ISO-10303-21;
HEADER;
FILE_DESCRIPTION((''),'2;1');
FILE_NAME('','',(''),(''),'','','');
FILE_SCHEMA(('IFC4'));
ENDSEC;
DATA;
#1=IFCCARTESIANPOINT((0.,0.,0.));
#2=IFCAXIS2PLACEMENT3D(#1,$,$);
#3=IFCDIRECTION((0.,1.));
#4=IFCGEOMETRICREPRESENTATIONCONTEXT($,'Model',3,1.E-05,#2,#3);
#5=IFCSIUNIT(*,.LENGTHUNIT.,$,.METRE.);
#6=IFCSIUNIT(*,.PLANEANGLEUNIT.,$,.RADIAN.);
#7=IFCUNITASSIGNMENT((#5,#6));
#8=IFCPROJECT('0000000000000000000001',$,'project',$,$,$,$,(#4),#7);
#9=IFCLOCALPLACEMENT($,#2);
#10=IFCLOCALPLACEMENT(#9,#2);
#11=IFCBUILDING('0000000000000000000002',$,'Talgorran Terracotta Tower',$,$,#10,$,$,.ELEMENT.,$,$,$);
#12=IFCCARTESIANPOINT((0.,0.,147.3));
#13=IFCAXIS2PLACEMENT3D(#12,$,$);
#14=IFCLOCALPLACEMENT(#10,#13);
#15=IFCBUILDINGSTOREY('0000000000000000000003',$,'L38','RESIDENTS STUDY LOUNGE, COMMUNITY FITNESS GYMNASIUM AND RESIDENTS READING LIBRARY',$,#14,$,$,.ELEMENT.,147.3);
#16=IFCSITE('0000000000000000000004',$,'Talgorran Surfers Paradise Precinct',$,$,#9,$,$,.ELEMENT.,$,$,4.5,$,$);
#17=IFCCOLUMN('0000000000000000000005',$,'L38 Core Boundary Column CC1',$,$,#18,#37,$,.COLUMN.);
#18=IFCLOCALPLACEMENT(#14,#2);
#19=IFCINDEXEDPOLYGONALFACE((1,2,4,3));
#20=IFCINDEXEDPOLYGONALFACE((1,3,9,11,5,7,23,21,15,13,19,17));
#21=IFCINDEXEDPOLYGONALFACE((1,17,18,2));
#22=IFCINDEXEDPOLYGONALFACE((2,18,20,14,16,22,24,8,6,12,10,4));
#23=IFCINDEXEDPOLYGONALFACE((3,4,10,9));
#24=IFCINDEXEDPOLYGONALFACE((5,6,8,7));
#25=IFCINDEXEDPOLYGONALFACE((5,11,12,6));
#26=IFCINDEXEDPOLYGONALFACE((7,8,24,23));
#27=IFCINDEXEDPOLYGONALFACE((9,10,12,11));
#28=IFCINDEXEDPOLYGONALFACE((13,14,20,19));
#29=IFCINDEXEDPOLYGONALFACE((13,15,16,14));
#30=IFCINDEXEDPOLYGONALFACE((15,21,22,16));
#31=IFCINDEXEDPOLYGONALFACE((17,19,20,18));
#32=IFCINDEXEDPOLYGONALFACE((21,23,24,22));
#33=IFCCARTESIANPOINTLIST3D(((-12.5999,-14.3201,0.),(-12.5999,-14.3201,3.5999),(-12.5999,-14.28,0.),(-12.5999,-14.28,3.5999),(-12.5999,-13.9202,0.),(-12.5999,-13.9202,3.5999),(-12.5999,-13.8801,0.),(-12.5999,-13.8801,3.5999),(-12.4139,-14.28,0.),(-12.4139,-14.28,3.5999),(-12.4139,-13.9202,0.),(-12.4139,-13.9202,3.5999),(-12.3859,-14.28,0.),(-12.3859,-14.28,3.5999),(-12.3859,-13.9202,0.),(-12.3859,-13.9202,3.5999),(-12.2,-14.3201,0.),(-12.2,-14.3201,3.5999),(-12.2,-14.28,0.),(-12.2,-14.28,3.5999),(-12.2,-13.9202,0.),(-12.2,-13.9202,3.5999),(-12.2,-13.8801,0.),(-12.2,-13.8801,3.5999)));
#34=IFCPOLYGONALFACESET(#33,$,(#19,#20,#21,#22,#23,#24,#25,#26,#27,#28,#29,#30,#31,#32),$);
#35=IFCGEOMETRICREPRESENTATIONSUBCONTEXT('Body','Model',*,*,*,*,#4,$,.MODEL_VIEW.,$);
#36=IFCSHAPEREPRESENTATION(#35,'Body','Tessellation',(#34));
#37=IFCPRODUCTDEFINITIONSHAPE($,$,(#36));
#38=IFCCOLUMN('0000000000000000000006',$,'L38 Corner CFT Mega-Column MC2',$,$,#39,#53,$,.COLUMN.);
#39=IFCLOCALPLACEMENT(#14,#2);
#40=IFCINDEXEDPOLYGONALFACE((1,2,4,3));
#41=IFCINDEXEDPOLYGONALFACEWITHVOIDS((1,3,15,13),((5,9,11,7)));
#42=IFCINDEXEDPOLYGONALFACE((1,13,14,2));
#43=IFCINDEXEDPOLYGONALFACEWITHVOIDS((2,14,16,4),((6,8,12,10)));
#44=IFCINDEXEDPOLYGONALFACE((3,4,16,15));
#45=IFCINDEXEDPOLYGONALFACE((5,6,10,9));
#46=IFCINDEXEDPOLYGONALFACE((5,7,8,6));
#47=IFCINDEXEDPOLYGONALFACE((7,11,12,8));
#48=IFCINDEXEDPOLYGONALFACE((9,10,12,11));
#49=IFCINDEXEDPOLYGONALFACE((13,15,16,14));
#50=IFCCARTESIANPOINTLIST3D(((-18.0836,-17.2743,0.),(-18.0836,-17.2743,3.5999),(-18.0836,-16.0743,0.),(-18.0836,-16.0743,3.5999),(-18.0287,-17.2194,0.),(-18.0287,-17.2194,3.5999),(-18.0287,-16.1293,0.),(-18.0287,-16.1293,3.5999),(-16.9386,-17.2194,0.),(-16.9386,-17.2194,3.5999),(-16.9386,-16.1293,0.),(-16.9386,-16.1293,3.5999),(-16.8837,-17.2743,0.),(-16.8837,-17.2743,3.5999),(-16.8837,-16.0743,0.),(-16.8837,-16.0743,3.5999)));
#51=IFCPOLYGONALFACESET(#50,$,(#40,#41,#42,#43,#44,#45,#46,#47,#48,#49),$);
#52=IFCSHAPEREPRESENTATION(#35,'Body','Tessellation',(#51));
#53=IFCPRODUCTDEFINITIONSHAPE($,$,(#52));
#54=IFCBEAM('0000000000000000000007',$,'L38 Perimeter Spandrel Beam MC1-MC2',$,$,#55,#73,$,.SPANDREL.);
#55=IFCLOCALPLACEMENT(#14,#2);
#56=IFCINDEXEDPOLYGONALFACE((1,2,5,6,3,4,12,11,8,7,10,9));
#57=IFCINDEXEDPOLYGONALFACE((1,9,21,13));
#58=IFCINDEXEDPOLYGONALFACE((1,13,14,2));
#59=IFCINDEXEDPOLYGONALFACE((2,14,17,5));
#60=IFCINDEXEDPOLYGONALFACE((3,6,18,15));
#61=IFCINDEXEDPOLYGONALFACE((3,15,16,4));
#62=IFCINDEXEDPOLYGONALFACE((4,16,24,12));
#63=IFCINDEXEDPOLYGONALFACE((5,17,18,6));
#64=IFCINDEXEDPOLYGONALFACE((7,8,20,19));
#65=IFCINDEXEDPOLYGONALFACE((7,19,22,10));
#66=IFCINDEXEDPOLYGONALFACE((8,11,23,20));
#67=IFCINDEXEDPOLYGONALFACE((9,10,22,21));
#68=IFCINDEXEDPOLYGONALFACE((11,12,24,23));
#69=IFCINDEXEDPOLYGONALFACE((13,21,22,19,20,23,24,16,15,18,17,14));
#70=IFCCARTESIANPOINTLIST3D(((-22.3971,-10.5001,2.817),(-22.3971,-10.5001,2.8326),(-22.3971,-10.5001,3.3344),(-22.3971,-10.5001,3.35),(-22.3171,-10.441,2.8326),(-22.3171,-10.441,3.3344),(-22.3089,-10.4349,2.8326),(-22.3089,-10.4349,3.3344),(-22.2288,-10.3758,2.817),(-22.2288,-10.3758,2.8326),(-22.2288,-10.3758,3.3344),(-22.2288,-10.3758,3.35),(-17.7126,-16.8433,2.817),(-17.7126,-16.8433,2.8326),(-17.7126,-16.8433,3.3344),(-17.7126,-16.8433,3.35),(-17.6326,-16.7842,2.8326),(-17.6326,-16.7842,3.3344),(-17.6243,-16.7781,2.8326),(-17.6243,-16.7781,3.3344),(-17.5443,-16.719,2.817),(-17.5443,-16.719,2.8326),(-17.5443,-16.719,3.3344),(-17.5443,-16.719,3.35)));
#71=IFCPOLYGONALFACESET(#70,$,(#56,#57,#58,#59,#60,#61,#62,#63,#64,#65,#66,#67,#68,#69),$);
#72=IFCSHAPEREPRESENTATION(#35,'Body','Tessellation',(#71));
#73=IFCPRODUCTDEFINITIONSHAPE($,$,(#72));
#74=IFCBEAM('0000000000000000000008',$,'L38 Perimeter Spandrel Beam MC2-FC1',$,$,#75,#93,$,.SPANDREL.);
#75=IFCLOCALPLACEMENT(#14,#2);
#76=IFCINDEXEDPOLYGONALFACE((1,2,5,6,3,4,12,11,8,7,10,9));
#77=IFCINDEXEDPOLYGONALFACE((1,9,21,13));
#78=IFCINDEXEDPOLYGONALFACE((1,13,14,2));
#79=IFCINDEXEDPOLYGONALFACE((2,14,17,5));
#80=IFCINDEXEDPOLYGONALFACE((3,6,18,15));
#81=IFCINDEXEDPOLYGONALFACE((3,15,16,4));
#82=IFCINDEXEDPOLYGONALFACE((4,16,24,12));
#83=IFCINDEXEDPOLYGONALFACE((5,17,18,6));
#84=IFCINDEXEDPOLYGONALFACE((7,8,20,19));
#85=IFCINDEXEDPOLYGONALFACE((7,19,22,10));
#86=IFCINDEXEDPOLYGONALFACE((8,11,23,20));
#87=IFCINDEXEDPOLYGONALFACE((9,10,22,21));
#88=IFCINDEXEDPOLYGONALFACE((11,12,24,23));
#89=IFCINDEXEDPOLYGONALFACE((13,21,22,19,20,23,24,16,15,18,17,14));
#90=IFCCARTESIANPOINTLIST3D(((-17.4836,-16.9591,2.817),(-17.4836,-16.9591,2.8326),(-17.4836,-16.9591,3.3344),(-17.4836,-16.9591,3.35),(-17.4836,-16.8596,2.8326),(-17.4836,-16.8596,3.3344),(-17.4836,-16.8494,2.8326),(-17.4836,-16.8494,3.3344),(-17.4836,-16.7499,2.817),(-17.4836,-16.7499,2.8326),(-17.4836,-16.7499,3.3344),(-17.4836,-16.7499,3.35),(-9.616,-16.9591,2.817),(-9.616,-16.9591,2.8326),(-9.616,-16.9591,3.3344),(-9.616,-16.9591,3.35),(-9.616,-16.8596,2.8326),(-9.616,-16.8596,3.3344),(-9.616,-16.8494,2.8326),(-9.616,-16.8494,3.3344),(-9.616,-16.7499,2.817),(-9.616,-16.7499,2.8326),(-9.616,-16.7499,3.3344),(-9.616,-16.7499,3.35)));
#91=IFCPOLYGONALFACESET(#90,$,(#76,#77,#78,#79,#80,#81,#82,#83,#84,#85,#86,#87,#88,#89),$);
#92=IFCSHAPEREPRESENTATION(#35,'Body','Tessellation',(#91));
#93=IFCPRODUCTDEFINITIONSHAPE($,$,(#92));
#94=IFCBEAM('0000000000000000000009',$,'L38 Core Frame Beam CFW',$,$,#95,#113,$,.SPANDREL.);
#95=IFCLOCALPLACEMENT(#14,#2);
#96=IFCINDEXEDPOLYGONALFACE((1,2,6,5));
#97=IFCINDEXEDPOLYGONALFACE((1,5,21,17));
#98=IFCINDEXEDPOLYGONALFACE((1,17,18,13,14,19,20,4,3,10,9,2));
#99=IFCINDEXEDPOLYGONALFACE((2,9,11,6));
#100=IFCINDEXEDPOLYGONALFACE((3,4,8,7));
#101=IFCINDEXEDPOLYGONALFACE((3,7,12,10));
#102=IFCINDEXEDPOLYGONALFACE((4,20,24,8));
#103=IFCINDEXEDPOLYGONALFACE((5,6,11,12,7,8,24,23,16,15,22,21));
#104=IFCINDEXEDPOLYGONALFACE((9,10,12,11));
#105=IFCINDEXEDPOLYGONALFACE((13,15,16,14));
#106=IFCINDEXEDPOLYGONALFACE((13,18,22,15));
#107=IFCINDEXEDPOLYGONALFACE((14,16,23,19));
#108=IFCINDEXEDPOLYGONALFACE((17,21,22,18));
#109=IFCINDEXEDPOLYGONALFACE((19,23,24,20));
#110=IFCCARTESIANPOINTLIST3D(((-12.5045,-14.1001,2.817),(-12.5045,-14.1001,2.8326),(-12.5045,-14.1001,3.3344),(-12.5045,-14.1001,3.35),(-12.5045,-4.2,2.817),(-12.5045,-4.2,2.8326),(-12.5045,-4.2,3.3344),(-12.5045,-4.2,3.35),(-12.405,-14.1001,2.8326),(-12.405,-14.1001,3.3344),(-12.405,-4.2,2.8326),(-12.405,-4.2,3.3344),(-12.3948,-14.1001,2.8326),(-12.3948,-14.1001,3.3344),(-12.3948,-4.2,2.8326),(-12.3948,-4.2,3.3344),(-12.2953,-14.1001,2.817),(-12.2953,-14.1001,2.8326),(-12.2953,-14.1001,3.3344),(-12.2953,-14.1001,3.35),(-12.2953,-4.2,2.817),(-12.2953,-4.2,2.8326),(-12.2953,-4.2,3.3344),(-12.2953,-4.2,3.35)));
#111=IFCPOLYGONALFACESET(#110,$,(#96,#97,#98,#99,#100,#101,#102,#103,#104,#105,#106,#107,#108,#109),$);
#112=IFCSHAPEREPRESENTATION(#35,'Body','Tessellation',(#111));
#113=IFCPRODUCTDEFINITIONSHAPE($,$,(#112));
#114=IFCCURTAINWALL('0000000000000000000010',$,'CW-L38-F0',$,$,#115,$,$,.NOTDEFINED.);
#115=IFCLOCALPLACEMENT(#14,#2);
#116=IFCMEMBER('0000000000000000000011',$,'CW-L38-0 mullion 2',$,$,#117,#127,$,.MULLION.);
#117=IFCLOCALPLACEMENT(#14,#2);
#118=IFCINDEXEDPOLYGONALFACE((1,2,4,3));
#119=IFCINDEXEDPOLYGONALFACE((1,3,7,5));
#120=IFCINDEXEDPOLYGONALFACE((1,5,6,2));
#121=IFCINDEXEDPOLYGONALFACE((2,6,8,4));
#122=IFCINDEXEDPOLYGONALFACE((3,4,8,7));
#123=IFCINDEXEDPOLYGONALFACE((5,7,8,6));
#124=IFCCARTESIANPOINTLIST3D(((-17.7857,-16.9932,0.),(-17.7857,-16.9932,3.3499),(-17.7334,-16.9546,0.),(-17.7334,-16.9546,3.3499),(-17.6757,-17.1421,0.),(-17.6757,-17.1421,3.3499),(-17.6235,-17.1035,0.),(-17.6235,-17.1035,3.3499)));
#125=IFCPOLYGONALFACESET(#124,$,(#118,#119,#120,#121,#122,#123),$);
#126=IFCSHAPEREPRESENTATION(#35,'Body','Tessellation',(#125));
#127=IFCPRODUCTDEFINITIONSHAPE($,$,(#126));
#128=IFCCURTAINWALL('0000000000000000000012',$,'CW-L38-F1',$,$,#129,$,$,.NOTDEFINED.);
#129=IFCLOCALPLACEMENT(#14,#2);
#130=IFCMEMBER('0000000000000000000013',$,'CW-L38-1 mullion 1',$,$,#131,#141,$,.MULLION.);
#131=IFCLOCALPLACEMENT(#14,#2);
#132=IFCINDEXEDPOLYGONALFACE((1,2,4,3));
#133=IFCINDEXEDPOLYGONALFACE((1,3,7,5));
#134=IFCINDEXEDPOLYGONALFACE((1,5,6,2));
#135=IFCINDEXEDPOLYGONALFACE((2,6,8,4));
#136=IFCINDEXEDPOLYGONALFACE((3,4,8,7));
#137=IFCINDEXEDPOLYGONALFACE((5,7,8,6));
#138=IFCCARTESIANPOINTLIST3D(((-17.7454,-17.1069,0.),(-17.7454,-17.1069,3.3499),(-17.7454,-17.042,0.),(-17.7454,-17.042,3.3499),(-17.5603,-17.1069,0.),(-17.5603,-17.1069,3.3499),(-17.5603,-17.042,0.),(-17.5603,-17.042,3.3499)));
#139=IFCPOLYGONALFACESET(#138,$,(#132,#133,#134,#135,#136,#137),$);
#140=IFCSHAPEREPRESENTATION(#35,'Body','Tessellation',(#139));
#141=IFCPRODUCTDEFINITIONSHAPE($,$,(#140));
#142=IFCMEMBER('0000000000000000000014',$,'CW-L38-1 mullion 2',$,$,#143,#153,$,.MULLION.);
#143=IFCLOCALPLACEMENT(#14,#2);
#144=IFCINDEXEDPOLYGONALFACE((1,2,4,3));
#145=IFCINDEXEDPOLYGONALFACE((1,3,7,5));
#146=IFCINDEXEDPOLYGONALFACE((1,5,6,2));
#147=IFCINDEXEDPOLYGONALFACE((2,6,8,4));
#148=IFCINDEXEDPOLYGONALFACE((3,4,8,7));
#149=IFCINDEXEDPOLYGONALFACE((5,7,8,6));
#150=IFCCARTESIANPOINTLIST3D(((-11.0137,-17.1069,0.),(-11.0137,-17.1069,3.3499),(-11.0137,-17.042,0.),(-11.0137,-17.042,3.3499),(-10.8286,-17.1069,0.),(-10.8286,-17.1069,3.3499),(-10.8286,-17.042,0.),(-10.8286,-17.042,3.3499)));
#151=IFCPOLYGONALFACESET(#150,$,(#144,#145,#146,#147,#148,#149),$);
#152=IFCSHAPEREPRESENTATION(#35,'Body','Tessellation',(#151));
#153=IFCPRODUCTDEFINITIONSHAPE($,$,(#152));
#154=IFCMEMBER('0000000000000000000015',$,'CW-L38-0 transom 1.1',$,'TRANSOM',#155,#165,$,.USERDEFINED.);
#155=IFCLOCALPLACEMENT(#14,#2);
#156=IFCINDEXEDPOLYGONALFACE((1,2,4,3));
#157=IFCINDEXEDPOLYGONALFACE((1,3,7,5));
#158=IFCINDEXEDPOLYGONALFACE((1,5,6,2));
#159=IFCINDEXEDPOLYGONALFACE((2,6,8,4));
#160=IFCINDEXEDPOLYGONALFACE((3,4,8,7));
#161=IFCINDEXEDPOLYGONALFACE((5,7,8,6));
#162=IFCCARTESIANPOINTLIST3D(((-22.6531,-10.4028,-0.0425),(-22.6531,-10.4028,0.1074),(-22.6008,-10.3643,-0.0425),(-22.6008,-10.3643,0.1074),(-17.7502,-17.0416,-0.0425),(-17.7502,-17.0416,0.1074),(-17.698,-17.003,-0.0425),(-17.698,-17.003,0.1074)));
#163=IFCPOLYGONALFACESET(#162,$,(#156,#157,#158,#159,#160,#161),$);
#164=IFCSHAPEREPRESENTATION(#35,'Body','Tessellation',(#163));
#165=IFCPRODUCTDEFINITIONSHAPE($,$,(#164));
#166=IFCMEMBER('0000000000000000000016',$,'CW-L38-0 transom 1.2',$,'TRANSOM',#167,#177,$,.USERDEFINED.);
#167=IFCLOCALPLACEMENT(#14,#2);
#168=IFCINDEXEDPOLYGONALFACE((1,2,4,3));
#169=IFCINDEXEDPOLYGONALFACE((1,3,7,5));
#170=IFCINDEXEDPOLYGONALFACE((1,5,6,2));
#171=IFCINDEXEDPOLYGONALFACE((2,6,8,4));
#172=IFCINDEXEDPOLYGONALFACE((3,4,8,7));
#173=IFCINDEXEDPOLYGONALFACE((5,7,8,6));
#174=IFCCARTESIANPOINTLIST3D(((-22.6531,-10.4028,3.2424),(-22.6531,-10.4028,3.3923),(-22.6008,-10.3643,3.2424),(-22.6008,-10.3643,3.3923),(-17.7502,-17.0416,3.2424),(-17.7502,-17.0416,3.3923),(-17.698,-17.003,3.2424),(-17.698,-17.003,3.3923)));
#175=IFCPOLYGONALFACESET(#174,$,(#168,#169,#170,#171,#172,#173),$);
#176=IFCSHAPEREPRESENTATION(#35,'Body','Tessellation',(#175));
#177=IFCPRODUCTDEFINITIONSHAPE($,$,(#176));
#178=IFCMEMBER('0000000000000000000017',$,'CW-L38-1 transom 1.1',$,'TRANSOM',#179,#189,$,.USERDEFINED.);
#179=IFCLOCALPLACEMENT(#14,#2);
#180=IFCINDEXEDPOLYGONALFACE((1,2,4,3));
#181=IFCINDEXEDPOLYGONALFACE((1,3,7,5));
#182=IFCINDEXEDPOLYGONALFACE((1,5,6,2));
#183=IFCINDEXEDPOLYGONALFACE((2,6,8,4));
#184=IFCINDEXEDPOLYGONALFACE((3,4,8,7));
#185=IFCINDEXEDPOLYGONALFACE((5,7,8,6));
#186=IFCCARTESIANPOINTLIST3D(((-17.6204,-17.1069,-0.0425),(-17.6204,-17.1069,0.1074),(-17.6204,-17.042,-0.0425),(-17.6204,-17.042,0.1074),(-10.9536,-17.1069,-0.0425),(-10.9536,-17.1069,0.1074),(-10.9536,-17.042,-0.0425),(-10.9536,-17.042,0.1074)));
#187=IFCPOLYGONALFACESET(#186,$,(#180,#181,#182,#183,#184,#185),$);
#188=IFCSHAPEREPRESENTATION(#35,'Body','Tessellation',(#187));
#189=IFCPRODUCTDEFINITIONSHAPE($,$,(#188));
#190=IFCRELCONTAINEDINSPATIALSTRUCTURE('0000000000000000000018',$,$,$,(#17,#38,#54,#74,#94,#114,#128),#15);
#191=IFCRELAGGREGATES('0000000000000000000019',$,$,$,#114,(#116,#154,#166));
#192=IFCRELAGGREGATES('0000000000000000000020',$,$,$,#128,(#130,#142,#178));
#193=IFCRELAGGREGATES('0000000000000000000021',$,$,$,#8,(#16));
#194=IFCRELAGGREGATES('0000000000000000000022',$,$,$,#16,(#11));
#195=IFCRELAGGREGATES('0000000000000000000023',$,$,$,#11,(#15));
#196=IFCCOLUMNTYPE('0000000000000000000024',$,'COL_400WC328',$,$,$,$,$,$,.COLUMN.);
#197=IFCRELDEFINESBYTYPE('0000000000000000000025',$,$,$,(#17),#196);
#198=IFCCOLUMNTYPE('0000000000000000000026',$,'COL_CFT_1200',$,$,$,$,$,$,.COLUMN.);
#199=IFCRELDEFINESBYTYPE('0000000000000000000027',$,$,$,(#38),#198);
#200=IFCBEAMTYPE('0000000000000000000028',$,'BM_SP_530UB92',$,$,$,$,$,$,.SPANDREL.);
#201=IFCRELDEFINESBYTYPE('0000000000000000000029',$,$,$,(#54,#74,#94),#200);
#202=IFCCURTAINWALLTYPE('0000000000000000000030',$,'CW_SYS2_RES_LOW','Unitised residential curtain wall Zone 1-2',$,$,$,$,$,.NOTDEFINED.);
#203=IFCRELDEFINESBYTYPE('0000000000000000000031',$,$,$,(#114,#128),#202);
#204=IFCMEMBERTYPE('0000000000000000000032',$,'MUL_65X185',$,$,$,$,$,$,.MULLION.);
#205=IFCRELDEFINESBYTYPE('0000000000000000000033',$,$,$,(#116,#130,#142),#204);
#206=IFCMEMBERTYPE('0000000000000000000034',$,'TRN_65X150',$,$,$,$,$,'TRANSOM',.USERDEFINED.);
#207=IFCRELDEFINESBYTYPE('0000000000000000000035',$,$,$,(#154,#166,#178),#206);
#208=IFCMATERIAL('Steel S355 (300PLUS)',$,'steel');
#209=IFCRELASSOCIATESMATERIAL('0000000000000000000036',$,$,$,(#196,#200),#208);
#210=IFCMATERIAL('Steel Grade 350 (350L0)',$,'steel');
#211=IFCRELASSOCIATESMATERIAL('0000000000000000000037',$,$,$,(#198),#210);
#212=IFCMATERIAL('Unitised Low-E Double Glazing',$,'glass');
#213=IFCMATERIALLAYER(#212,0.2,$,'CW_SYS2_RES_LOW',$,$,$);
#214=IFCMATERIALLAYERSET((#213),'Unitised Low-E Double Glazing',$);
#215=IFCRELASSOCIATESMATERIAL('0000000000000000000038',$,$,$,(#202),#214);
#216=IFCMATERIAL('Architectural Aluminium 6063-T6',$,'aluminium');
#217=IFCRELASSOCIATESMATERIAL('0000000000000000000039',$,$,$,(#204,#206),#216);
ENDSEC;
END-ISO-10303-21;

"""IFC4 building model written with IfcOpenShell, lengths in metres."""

from ifc_helpers import new_model, si_unit, direction, frame, origin, origin_2d, place, context, subcontext, project, spatial, rectangle, hollow_rectangle, i_section, extrude, material, layer, layer_set, material_profile, profile_set, type_object, element, aggregate, save


model = new_model("IFC4")

# Units and contexts
model_context = context("Model", 3, precision=1e-05, world=origin(), true_north=direction((0.0, 1.0)))
body_context = subcontext(model_context, "Body", "Model", "MODEL_VIEW")
ifc_project = project(units=[si_unit("LENGTHUNIT", "METRE"), si_unit("PLANEANGLEUNIT", "RADIAN")], contexts=[model_context])

# Site, building, storey
site_placement = place(None, origin())
site = spatial("IfcSite", under=ifc_project, at=site_placement, Name="Talgorran Surfers Paradise Precinct", CompositionType="ELEMENT", RefElevation=4.5)
building_placement = place(site_placement, origin())
building = spatial("IfcBuilding", under=site, at=building_placement, Name="Talgorran Terracotta Tower", CompositionType="ELEMENT")
storey_placement = place(building_placement, frame((0.0, 0.0, 147.3)))
storey = spatial("IfcBuildingStorey", under=building, at=storey_placement, Name="L38", Description="RESIDENTS STUDY LOUNGE, COMMUNITY FITNESS GYMNASIUM AND RESIDENTS READING LIBRARY", CompositionType="ELEMENT", Elevation=147.3)

# Columns
ifc_material_1 = material(Name="Steel S355 (300PLUS)", Category="steel")
ifc_material_profile_1 = material_profile(ifc_material_1, i_section(OverallWidth=0.3999, OverallDepth=0.4399, WebThickness=0.0281, FlangeThickness=0.04, at=origin_2d()), Name="400WC328")
ifc_profile_set_1 = profile_set([ifc_material_profile_1], Name="Steel S355 (300PLUS)")
column_type_1 = type_object("IfcColumnType", Name="COL_400WC328", PredefinedType="COLUMN", material=ifc_profile_set_1)
column_1_placement = place(storey_placement, frame((-12.3999, -14.1001, 0.0), z_axis=(0.0, 0.0, 1.0), x_axis=(1.0, 0.0, 0.0)))
element("IfcColumn", 1, at=column_1_placement, inside=storey, type_object=column_type_1, Name="L38 Core Boundary Column CC1", PredefinedType="COLUMN", context=body_context, shape_type="SweptSolid", body=[
    extrude(i_section(OverallWidth=0.3999, OverallDepth=0.4399, WebThickness=0.0281, FlangeThickness=0.04, at=origin_2d()), origin(), (0.0, 0.0, 1.0), 3.5999),
])
ifc_material_2 = material(Name="Steel Grade 350 (350L0)", Category="steel")
ifc_material_profile_2 = material_profile(ifc_material_2, hollow_rectangle(XDim=1.2, YDim=1.2, WallThickness=0.0549, at=origin_2d()), Name="CFT1200X1200X55")
ifc_profile_set_2 = profile_set([ifc_material_profile_2], Name="Steel Grade 350 (350L0)")
column_type_2 = type_object("IfcColumnType", Name="COL_CFT_1200", PredefinedType="COLUMN", material=ifc_profile_set_2)
column_2_placement = place(storey_placement, frame((-17.4836, -16.6743, 0.0), z_axis=(0.0, 0.0, 1.0), x_axis=(1.0, 0.0, 0.0)))
element("IfcColumn", 2, at=column_2_placement, inside=storey, type_object=column_type_2, Name="L38 Corner CFT Mega-Column MC2", PredefinedType="COLUMN", context=body_context, shape_type="SweptSolid", body=[
    extrude(hollow_rectangle(XDim=1.2, YDim=1.2, WallThickness=0.0549, at=origin_2d()), origin(), (0.0, 0.0, 1.0), 3.5999),
])

# Beams
ifc_material_profile_3 = material_profile(ifc_material_1, i_section(OverallWidth=0.2092, OverallDepth=0.533, WebThickness=0.0103, FlangeThickness=0.0156, at=origin_2d()), Name="530UB92.4")
ifc_profile_set_3 = profile_set([ifc_material_profile_3], Name="Steel S355 (300PLUS)")
beam_type = type_object("IfcBeamType", Name="BM_SP_530UB92", PredefinedType="SPANDREL", material=ifc_profile_set_3)
beam_1_placement = place(storey_placement, frame((-22.313, -10.438, 3.0835), z_axis=(0.594069, -0.804414, 0.0), x_axis=(0.804414, 0.594069, 0.0)))
element("IfcBeam", 3, at=beam_1_placement, inside=storey, type_object=beam_type, Name="L38 Perimeter Spandrel Beam MC1-MC2", PredefinedType="SPANDREL", context=body_context, shape_type="SweptSolid", body=[
    extrude(i_section(OverallWidth=0.2092, OverallDepth=0.533, WebThickness=0.0103, FlangeThickness=0.0156, at=origin_2d()), origin(), (0.0, 0.0, 1.0), 7.8855),
])
beam_2_placement = place(storey_placement, frame((-17.4836, -16.8545, 3.0835), z_axis=(1.0, 0.0, 0.0), x_axis=(0.0, 1.0, 0.0)))
element("IfcBeam", 4, at=beam_2_placement, inside=storey, type_object=beam_type, Name="L38 Perimeter Spandrel Beam MC2-FC1", PredefinedType="SPANDREL", context=body_context, shape_type="SweptSolid", body=[
    extrude(i_section(OverallWidth=0.2092, OverallDepth=0.533, WebThickness=0.0103, FlangeThickness=0.0156, at=origin_2d()), origin(), (0.0, 0.0, 1.0), 7.8677),
])
beam_3_placement = place(storey_placement, frame((-12.3999, -14.1001, 3.0835), z_axis=(0.0, 1.0, 0.0), x_axis=(-1.0, 0.0, 0.0)))
element("IfcBeam", 5, at=beam_3_placement, inside=storey, type_object=beam_type, Name="L38 Core Frame Beam CFW", PredefinedType="SPANDREL", context=body_context, shape_type="SweptSolid", body=[
    extrude(i_section(OverallWidth=0.2092, OverallDepth=0.533, WebThickness=0.0103, FlangeThickness=0.0156, at=origin_2d()), origin(), (0.0, 0.0, 1.0), 9.9001),
])

# Curtain wall, member
ifc_material_3 = material(Name="Unitised Low-E Double Glazing", Category="glass")
ifc_layer_1 = layer(ifc_material_3, 0.2, Name="CW_SYS2_RES_LOW")
ifc_layer_set_1 = layer_set([ifc_layer_1], Name="Unitised Low-E Double Glazing")
curtain_wall_type = type_object("IfcCurtainWallType", Name="CW_SYS2_RES_LOW", Description="Unitised residential curtain wall Zone 1-2", PredefinedType="NOTDEFINED", material=ifc_layer_set_1)
curtain_wall_1_placement = place(storey_placement, origin())
curtain_wall_1 = element("IfcCurtainWall", 6, at=curtain_wall_1_placement, inside=storey, type_object=curtain_wall_type, Name="CW-L38-F0", PredefinedType="NOTDEFINED")
ifc_material_4 = material(Name="Architectural Aluminium 6063-T6", Category="aluminium")
ifc_material_profile_4 = material_profile(ifc_material_4, rectangle(XDim=0.0649, YDim=0.1851, at=origin_2d()), Name="CWM65X185")
ifc_profile_set_4 = profile_set([ifc_material_profile_4], Name="Architectural Aluminium 6063-T6")
member_type_1 = type_object("IfcMemberType", Name="MUL_65X185", PredefinedType="MULLION", material=ifc_profile_set_4)
member_1_placement = place(storey_placement, frame((-17.7046, -17.0483, 0.0), z_axis=(0.0, 0.0, 1.0), x_axis=(0.804404, 0.594082, 0.0)))
member_1 = element("IfcMember", 7, at=member_1_placement, type_object=member_type_1, Name="CW-L38-0 mullion 2", PredefinedType="MULLION", context=body_context, shape_type="SweptSolid", body=[
    extrude(rectangle(XDim=0.0649, YDim=0.1851, at=origin_2d()), origin(), (0.0, 0.0, 1.0), 3.3499),
])

# Curtain wall, members
curtain_wall_2_placement = place(storey_placement, origin())
curtain_wall_2 = element("IfcCurtainWall", 8, at=curtain_wall_2_placement, inside=storey, type_object=curtain_wall_type, Name="CW-L38-F1", PredefinedType="NOTDEFINED")
member_2_placement = place(storey_placement, frame((-17.6528, -17.0745, 0.0), z_axis=(0.0, 0.0, 1.0), x_axis=(0.0, 1.0, 0.0)))
member_2 = element("IfcMember", 9, at=member_2_placement, type_object=member_type_1, Name="CW-L38-1 mullion 1", PredefinedType="MULLION", context=body_context, shape_type="SweptSolid", body=[
    extrude(rectangle(XDim=0.0649, YDim=0.1851, at=origin_2d()), origin(), (0.0, 0.0, 1.0), 3.3499),
])
member_3_placement = place(storey_placement, frame((-10.9211, -17.0745, 0.0), z_axis=(0.0, 0.0, 1.0), x_axis=(0.0, 1.0, 0.0)))
member_3 = element("IfcMember", 10, at=member_3_placement, type_object=member_type_1, Name="CW-L38-1 mullion 2", PredefinedType="MULLION", context=body_context, shape_type="SweptSolid", body=[
    extrude(rectangle(XDim=0.0649, YDim=0.1851, at=origin_2d()), origin(), (0.0, 0.0, 1.0), 3.3499),
])

# Members
ifc_material_profile_5 = material_profile(ifc_material_4, rectangle(XDim=0.0649, YDim=0.1499, at=origin_2d()), Name="CWT65X150")
ifc_profile_set_5 = profile_set([ifc_material_profile_5], Name="Architectural Aluminium 6063-T6")
member_type_2 = type_object("IfcMemberType", Name="TRN_65X150", ElementType="TRANSOM", PredefinedType="USERDEFINED", material=ifc_profile_set_5)
member_4_placement = place(storey_placement, frame((-22.627, -10.3835, 0.0325), z_axis=(0.594077, -0.804408, 0.0), x_axis=(0.804408, 0.594077, 0.0)))
member_4 = element("IfcMember", 11, at=member_4_placement, type_object=member_type_2, Name="CW-L38-0 transom 1.1", ObjectType="TRANSOM", PredefinedType="USERDEFINED", context=body_context, shape_type="SweptSolid", body=[
    extrude(rectangle(XDim=0.0649, YDim=0.1499, at=origin_2d()), origin(), (0.0, 0.0, 1.0), 8.2529),
])
member_5_placement = place(storey_placement, frame((-22.627, -10.3835, 3.3174), z_axis=(0.594077, -0.804408, 0.0), x_axis=(0.804408, 0.594077, 0.0)))
member_5 = element("IfcMember", 12, at=member_5_placement, type_object=member_type_2, Name="CW-L38-0 transom 1.2", ObjectType="TRANSOM", PredefinedType="USERDEFINED", context=body_context, shape_type="SweptSolid", body=[
    extrude(rectangle(XDim=0.0649, YDim=0.1499, at=origin_2d()), origin(), (0.0, 0.0, 1.0), 8.2529),
])
member_6_placement = place(storey_placement, frame((-17.6204, -17.0745, 0.0325), z_axis=(1.0, 0.0, 0.0), x_axis=(0.0, 1.0, 0.0)))
member_6 = element("IfcMember", 13, at=member_6_placement, type_object=member_type_2, Name="CW-L38-1 transom 1.1", ObjectType="TRANSOM", PredefinedType="USERDEFINED", context=body_context, shape_type="SweptSolid", body=[
    extrude(rectangle(XDim=0.0649, YDim=0.1499, at=origin_2d()), origin(), (0.0, 0.0, 1.0), 6.6667),
])

aggregate(curtain_wall_1, [member_1, member_4, member_5])
aggregate(curtain_wall_2, [member_2, member_3, member_6])

save(model, "model.ifc")
